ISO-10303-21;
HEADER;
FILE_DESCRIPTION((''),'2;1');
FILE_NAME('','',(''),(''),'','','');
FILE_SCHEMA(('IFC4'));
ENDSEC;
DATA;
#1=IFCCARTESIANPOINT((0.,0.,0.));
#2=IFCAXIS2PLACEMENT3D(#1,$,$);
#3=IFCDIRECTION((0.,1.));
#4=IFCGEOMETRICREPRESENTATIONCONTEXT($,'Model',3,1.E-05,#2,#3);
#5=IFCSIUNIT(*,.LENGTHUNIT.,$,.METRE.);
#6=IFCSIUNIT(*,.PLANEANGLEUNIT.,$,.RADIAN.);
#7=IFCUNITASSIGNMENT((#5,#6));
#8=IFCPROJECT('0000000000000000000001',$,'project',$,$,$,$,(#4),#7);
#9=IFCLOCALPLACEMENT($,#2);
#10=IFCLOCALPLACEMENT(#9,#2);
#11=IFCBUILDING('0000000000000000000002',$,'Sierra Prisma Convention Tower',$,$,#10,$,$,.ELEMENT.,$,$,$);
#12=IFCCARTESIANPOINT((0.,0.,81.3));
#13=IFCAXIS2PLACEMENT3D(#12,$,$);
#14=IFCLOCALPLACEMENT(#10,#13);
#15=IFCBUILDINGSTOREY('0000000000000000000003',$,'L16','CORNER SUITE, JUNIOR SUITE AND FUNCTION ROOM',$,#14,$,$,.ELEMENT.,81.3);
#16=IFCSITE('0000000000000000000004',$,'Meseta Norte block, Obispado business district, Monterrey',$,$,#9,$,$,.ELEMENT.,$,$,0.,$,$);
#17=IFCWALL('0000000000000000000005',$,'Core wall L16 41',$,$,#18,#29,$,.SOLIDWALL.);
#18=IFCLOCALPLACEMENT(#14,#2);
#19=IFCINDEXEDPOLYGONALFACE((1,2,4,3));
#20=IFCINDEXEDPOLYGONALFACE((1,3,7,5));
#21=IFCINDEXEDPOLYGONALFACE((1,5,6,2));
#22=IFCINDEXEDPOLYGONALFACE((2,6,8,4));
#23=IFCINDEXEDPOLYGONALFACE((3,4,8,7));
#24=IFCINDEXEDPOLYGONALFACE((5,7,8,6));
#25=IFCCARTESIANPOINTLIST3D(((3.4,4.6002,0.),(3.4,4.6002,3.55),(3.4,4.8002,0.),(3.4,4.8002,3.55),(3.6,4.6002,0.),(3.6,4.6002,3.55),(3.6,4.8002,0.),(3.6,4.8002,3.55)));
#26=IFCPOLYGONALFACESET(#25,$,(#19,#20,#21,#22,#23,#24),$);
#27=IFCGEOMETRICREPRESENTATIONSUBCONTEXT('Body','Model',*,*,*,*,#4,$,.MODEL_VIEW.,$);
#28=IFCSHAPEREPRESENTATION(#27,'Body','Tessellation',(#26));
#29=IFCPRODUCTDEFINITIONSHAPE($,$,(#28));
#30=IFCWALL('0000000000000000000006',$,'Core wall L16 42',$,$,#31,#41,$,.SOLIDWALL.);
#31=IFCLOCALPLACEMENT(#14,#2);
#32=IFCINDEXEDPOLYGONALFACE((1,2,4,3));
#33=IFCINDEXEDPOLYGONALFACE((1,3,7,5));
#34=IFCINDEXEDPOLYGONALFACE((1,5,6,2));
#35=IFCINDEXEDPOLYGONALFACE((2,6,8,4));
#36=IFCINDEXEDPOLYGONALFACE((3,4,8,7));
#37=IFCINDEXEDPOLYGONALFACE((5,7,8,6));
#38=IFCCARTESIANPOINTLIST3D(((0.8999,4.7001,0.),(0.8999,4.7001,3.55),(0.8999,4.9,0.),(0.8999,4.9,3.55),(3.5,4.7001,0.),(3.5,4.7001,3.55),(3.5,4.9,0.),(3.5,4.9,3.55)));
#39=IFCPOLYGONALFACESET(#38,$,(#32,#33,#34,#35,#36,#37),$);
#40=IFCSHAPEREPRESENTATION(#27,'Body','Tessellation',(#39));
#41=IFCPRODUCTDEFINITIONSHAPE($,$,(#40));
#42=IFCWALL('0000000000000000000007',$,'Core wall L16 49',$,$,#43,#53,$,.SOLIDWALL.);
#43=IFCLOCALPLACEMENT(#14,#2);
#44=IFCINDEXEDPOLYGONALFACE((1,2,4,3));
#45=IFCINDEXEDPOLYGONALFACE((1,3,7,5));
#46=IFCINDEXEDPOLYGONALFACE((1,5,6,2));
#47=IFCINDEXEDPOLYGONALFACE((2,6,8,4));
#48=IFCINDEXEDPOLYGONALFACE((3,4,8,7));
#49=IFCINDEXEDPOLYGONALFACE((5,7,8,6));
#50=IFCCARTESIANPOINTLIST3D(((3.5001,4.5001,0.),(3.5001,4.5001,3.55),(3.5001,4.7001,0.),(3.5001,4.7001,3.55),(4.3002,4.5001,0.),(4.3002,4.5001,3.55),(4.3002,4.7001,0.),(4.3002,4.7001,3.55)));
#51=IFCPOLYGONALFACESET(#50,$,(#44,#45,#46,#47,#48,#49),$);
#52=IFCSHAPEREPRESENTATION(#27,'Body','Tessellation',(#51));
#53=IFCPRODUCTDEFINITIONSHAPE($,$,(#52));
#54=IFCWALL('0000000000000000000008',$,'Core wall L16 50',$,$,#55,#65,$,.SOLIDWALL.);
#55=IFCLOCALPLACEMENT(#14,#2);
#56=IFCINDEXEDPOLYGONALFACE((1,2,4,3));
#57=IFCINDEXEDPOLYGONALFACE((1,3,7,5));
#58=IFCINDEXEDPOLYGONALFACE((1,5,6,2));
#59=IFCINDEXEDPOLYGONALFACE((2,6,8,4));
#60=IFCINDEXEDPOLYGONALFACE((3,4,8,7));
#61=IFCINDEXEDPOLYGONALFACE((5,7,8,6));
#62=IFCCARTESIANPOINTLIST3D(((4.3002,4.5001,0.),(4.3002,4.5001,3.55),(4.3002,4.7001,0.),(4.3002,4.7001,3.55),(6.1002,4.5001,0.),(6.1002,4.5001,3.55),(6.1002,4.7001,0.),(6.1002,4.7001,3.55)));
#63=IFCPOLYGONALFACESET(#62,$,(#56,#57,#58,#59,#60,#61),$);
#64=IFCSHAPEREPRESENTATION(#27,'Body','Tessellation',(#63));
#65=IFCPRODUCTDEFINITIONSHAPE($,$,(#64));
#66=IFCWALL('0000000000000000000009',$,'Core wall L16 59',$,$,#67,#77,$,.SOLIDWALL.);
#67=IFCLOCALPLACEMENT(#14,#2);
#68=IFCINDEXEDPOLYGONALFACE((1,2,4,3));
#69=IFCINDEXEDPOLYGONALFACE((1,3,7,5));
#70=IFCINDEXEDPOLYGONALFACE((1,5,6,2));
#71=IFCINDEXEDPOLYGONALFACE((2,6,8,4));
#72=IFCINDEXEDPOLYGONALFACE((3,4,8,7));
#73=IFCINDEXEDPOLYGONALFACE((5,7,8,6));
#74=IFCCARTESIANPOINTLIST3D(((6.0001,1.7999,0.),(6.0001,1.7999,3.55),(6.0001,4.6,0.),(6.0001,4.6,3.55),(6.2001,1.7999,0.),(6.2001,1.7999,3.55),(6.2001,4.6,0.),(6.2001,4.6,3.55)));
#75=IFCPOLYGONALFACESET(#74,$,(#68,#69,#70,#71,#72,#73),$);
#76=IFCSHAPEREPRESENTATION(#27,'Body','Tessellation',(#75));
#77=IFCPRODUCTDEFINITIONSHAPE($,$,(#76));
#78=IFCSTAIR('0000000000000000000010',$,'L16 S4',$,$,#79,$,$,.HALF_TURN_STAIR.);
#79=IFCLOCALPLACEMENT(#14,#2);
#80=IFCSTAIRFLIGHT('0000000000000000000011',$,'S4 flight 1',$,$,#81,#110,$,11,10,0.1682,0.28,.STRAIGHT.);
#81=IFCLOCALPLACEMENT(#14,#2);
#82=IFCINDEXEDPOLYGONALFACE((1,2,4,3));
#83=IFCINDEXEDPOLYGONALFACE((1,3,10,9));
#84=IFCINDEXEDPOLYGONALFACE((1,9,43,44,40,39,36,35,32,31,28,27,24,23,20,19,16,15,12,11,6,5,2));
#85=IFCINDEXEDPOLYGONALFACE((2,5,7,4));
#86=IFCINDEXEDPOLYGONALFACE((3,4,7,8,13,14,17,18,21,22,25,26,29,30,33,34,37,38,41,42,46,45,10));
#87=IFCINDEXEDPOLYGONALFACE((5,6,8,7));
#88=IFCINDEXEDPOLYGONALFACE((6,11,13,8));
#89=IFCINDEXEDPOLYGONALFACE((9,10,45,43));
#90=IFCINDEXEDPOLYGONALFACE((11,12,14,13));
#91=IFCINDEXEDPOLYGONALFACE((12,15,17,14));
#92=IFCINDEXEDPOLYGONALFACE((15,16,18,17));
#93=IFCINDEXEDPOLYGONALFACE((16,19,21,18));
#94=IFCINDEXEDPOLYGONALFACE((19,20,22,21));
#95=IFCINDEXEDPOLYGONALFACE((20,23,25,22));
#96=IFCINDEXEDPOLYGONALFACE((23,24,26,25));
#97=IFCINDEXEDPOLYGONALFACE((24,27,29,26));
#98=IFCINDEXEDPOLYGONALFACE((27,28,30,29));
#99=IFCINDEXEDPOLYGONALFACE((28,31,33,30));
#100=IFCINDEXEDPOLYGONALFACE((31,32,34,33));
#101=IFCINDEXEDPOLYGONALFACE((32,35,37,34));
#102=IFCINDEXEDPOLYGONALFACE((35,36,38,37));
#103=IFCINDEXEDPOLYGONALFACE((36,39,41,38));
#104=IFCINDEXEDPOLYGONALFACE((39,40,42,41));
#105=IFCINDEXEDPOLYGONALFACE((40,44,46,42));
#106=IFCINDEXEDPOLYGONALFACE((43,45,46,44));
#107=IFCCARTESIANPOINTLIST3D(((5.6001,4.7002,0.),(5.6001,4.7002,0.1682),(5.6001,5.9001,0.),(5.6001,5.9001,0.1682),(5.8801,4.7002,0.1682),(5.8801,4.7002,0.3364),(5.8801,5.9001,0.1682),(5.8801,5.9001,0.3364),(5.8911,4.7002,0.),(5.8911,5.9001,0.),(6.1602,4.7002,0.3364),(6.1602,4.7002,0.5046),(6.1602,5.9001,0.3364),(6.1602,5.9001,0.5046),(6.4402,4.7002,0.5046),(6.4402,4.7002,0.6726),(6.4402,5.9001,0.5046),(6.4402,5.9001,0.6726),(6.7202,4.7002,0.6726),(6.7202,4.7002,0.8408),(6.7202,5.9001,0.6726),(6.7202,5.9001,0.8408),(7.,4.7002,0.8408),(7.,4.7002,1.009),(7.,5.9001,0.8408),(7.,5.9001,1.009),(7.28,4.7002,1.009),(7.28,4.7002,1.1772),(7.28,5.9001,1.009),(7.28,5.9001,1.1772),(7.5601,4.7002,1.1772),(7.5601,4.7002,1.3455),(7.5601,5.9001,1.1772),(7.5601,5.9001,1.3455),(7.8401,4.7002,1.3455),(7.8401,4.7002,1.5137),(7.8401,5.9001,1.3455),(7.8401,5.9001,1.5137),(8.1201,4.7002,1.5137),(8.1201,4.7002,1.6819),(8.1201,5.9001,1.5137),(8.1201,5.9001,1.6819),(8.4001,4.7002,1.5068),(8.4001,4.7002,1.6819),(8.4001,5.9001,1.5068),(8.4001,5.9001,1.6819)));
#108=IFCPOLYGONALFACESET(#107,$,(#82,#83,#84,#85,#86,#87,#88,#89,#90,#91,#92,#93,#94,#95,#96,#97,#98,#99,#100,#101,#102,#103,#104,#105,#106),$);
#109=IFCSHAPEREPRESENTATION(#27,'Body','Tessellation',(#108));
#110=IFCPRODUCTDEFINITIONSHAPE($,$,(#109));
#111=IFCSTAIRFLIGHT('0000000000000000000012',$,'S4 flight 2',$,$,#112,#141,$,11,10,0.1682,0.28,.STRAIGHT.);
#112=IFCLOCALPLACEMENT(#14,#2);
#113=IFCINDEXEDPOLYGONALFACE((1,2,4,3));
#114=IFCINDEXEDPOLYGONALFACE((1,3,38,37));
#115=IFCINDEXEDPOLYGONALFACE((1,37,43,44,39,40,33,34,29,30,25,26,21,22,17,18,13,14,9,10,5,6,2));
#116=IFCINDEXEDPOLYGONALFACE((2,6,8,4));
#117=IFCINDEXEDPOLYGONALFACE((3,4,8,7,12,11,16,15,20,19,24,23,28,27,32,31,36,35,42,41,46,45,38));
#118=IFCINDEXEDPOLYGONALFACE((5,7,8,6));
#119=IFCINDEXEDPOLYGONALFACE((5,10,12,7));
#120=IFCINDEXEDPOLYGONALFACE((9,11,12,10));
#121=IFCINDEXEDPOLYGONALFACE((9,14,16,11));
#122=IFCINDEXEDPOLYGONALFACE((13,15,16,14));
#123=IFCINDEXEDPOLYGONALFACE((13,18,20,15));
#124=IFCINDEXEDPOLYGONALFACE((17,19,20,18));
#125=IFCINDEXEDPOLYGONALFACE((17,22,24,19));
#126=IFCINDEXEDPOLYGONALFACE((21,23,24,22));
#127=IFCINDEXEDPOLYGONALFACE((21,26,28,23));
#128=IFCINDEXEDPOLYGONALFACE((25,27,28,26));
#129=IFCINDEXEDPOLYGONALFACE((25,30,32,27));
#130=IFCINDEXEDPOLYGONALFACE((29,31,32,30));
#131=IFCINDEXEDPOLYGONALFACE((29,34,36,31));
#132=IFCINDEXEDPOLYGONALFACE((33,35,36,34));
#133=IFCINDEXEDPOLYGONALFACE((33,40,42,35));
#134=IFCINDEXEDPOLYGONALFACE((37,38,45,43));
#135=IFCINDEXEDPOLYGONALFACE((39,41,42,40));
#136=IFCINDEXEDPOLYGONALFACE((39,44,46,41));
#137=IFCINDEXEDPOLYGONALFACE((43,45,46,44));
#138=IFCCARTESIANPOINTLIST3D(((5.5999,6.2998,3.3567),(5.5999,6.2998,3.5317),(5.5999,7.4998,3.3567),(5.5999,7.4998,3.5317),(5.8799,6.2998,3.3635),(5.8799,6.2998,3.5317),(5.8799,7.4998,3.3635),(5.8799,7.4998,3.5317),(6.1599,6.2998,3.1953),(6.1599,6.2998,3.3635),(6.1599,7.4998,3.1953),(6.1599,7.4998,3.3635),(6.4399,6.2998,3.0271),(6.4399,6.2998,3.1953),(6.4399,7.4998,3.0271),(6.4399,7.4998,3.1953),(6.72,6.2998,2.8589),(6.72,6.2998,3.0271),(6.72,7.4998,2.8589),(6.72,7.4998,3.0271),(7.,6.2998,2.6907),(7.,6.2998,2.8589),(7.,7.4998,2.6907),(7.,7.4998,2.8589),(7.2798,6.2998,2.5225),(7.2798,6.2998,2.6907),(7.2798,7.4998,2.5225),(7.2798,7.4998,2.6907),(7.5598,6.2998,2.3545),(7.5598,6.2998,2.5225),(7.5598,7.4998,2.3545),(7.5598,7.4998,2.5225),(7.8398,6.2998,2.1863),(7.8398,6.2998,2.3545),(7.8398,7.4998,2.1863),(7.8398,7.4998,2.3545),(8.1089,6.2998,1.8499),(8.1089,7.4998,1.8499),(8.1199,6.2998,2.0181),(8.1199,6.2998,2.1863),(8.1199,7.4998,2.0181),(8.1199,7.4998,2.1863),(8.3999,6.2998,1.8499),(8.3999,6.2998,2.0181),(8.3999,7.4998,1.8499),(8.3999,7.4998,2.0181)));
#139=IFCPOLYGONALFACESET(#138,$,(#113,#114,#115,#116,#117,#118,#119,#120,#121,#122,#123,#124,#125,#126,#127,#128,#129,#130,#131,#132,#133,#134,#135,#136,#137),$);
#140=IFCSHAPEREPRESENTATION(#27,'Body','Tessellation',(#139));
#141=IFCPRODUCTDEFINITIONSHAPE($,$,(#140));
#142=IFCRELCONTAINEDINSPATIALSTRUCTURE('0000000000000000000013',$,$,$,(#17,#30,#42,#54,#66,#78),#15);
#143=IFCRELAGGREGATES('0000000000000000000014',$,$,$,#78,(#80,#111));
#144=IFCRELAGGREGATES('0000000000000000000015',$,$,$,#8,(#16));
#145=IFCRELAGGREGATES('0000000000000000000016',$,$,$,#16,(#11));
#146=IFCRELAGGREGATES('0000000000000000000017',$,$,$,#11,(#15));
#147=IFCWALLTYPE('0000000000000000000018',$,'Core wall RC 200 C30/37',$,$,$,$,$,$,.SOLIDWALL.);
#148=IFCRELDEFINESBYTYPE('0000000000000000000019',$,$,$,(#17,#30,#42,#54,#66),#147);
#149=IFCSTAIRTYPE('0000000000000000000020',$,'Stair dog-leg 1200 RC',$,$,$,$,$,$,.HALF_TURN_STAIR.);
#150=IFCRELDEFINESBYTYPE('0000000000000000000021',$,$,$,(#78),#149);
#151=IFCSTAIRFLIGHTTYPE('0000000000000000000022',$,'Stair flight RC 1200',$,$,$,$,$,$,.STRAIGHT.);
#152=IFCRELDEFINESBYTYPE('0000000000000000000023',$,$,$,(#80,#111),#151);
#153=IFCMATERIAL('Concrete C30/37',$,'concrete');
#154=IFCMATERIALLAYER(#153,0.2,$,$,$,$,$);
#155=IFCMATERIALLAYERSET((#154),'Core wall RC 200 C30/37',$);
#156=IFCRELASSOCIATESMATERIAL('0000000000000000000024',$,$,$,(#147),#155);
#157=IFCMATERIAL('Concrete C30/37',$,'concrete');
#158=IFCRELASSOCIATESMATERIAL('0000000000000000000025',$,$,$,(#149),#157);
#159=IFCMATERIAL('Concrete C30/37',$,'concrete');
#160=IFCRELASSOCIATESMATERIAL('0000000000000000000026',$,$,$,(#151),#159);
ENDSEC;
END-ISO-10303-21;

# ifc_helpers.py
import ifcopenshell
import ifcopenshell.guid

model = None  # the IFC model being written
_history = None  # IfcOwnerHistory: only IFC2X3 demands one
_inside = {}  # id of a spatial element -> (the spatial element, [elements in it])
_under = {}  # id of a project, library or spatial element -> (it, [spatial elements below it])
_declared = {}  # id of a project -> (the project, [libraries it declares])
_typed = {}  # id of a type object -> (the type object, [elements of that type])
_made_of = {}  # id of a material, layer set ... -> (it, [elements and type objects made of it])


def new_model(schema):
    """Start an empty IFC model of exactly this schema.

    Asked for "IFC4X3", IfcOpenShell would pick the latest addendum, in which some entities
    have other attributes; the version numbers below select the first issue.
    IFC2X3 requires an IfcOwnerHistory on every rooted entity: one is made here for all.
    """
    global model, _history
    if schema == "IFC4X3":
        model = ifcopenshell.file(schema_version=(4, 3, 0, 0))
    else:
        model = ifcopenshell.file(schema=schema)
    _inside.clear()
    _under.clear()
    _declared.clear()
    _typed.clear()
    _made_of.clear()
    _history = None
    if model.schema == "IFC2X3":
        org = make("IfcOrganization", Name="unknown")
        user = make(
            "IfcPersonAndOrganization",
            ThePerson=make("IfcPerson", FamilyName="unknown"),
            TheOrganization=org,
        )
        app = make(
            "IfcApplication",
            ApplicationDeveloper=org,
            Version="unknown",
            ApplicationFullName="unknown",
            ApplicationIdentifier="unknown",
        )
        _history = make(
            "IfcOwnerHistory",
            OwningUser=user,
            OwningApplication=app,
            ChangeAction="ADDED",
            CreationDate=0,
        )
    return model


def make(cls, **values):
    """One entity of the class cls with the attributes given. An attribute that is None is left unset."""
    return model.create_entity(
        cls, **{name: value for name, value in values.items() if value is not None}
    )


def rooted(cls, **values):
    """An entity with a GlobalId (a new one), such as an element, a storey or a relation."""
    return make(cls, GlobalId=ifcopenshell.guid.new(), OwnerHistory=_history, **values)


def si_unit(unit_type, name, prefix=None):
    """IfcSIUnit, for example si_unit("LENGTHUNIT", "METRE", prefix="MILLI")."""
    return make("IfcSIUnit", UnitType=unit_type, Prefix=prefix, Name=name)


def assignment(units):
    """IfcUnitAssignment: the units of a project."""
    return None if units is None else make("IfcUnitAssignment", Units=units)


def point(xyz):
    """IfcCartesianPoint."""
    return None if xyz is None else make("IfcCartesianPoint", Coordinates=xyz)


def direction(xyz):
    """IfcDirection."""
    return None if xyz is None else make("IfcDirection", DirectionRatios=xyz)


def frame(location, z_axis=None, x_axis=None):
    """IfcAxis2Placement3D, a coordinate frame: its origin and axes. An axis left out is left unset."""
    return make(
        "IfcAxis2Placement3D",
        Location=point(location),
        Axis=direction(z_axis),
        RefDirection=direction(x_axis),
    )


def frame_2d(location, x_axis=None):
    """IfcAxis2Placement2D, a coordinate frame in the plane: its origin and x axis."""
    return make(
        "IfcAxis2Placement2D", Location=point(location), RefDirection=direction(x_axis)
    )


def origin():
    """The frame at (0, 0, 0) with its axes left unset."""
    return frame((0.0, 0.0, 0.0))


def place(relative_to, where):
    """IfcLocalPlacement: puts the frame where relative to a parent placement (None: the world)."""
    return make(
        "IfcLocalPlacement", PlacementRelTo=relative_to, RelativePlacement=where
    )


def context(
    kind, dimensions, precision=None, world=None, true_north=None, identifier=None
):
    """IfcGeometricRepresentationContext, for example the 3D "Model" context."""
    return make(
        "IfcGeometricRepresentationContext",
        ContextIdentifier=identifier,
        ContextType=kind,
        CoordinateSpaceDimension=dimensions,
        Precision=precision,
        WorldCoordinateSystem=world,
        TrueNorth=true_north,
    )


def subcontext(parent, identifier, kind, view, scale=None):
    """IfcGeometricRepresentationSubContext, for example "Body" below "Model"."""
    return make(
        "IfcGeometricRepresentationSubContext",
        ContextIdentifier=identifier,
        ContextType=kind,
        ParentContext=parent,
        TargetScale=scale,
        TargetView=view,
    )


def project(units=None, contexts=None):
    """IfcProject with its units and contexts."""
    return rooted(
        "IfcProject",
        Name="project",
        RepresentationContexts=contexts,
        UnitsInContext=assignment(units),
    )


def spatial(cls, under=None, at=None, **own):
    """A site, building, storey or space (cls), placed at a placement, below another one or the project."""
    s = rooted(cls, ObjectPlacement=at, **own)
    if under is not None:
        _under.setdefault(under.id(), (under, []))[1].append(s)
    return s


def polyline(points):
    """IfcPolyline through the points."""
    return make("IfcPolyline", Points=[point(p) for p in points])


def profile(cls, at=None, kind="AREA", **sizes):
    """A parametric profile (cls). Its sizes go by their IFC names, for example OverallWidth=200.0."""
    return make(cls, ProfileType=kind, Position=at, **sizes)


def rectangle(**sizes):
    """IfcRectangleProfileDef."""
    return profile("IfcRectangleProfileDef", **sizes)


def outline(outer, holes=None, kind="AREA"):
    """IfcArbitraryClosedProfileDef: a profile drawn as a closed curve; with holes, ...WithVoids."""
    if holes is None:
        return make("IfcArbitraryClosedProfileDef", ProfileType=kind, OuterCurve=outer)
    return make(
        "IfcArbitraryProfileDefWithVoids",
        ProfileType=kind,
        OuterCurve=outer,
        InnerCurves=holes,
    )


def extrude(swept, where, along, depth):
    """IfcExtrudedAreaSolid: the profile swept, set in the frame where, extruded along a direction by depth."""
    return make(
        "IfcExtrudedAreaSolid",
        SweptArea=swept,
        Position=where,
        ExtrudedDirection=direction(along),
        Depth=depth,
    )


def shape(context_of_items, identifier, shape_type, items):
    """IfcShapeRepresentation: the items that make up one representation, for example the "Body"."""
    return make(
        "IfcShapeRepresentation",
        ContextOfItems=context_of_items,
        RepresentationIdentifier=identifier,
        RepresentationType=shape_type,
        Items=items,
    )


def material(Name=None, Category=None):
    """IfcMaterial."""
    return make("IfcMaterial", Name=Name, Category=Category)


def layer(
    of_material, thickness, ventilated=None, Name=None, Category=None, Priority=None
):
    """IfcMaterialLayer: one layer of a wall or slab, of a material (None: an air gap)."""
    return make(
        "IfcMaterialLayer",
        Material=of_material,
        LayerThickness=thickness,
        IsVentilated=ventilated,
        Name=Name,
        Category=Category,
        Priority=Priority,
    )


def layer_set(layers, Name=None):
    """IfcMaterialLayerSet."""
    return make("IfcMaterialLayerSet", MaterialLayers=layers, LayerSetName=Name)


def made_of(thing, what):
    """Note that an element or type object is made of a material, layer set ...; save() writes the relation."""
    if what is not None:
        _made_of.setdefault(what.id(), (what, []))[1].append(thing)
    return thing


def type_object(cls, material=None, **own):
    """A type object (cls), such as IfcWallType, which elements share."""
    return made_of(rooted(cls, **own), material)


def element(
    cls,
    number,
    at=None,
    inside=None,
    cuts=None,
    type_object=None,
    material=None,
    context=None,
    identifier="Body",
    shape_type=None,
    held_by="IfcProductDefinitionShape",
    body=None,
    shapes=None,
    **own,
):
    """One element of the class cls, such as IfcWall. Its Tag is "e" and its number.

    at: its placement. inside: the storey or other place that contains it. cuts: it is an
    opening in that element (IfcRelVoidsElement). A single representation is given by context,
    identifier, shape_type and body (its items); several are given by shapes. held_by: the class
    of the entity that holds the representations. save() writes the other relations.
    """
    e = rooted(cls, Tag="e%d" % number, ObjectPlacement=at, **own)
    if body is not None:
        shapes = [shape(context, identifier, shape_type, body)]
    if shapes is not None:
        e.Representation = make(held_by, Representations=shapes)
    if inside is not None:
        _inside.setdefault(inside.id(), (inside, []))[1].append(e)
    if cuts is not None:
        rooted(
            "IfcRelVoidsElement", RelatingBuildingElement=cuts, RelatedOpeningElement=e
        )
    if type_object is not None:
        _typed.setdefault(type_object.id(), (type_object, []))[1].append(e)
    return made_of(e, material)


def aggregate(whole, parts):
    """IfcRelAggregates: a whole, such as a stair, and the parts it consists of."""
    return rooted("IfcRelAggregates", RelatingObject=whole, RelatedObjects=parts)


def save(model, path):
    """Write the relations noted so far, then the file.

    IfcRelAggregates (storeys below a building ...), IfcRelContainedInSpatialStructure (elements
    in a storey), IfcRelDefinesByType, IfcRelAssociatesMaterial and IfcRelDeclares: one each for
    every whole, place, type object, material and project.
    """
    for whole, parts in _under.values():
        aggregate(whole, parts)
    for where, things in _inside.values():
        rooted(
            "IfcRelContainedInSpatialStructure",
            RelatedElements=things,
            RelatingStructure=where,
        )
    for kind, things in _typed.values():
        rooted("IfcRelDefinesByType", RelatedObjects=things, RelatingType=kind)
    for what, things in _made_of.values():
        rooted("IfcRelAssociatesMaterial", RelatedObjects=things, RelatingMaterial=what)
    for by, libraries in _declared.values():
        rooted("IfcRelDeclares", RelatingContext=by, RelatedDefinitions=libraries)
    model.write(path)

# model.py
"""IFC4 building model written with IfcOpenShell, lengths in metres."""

from ifc_helpers import new_model, si_unit, direction, frame, frame_2d, origin, place, context, subcontext, project, spatial, polyline, rectangle, outline, extrude, material, layer, layer_set, type_object, element, aggregate, save


model = new_model("IFC4")

# Units and contexts
model_context = context("Model", 3, precision=1e-05, world=origin(), true_north=direction((0.0, 1.0)))
body_context = subcontext(model_context, "Body", "Model", "MODEL_VIEW")
ifc_project = project(units=[si_unit("LENGTHUNIT", "METRE"), si_unit("PLANEANGLEUNIT", "RADIAN")], contexts=[model_context])

# Site, building, storey
site_placement = place(None, origin())
site = spatial("IfcSite", under=ifc_project, at=site_placement, Name="Meseta Norte block, Obispado business district, Monterrey", CompositionType="ELEMENT", RefElevation=0.0)
building_placement = place(site_placement, origin())
building = spatial("IfcBuilding", under=site, at=building_placement, Name="Sierra Prisma Convention Tower", CompositionType="ELEMENT")
storey_placement = place(building_placement, frame((0.0, 0.0, 81.3)))
storey = spatial("IfcBuildingStorey", under=building, at=storey_placement, Name="L16", Description="CORNER SUITE, JUNIOR SUITE AND FUNCTION ROOM", CompositionType="ELEMENT", Elevation=81.3)

# Walls
ifc_material_1 = material(Name="Concrete C30/37", Category="concrete")
ifc_layer = layer(ifc_material_1, 0.2)
ifc_layer_set = layer_set([ifc_layer], Name="Core wall RC 200 C30/37")
wall_type = type_object("IfcWallType", Name="Core wall RC 200 C30/37", PredefinedType="SOLIDWALL", material=ifc_layer_set)
wall_1_placement = place(storey_placement, frame((3.5, 4.6001, 0.0), z_axis=(0.0, 0.0, 1.0), x_axis=(0.0, 1.0, 0.0)))
element("IfcWall", 1, at=wall_1_placement, inside=storey, type_object=wall_type, Name="Core wall L16 41", PredefinedType="SOLIDWALL", context=body_context, shape_type="SweptSolid", body=[
    extrude(rectangle(XDim=0.2, YDim=0.2, at=frame_2d((0.1001, 0.0))), origin(), (0.0, 0.0, 1.0), 3.55),
])
wall_2_placement = place(storey_placement, frame((3.5, 4.8, 0.0), z_axis=(0.0, 0.0, 1.0), x_axis=(-1.0, 0.0, 0.0)))
element("IfcWall", 2, at=wall_2_placement, inside=storey, type_object=wall_type, Name="Core wall L16 42", PredefinedType="SOLIDWALL", context=body_context, shape_type="SweptSolid", body=[
    extrude(rectangle(XDim=2.6001, YDim=0.2, at=frame_2d((1.3, 0.0))), origin(), (0.0, 0.0, 1.0), 3.55),
])

# Walls
wall_3_placement = place(storey_placement, frame((4.3, 4.6001, 0.0), z_axis=(0.0, 0.0, 1.0), x_axis=(-1.0, 0.0, 0.0)))
element("IfcWall", 3, at=wall_3_placement, inside=storey, type_object=wall_type, Name="Core wall L16 49", PredefinedType="SOLIDWALL", context=body_context, shape_type="SweptSolid", body=[
    extrude(rectangle(XDim=0.8, YDim=0.2, at=frame_2d((0.3999, 0.0))), origin(), (0.0, 0.0, 1.0), 3.55),
])
wall_4_placement = place(storey_placement, frame((6.1001, 4.6001, 0.0), z_axis=(0.0, 0.0, 1.0), x_axis=(-1.0, 0.0, 0.0)))
element("IfcWall", 4, at=wall_4_placement, inside=storey, type_object=wall_type, Name="Core wall L16 50", PredefinedType="SOLIDWALL", context=body_context, shape_type="SweptSolid", body=[
    extrude(rectangle(XDim=1.8, YDim=0.2, at=frame_2d((0.8999, 0.0))), origin(), (0.0, 0.0, 1.0), 3.55),
])

# Wall
wall_5_placement = place(storey_placement, frame((6.1001, 1.8, 0.0), z_axis=(0.0, 0.0, 1.0), x_axis=(0.0, 1.0, 0.0)))
element("IfcWall", 5, at=wall_5_placement, inside=storey, type_object=wall_type, Name="Core wall L16 59", PredefinedType="SOLIDWALL", context=body_context, shape_type="SweptSolid", body=[
    extrude(rectangle(XDim=2.8, YDim=0.2, at=frame_2d((1.3999, 0.0))), origin(), (0.0, 0.0, 1.0), 3.55),
])

# Stair, stair flights
ifc_material_2 = material(Name="Concrete C30/37", Category="concrete")
stair_type = type_object("IfcStairType", Name="Stair dog-leg 1200 RC", PredefinedType="HALF_TURN_STAIR", material=ifc_material_2)
stair_placement = place(storey_placement, origin())
stair = element("IfcStair", 6, at=stair_placement, inside=storey, type_object=stair_type, Name="L16 S4", PredefinedType="HALF_TURN_STAIR")
ifc_material_3 = material(Name="Concrete C30/37", Category="concrete")
stair_flight_type = type_object("IfcStairFlightType", Name="Stair flight RC 1200", PredefinedType="STRAIGHT", material=ifc_material_3)
stair_flight_1_placement = place(storey_placement, frame((5.6001, 5.3, 0.0), z_axis=(0.0, 0.0, 1.0), x_axis=(1.0, 0.0, 0.0)))
stair_flight_1 = element("IfcStairFlight", 7, at=stair_flight_1_placement, type_object=stair_flight_type, Name="S4 flight 1", NumberOfRisers=11, NumberOfTreads=10, PredefinedType="STRAIGHT", RiserHeight=0.1682, TreadLength=0.28, context=body_context, shape_type="SweptSolid", body=[
    extrude(outline(polyline([(0.0, 0.0), (0.0, 0.1682), (0.28, 0.1682), (0.28, 0.3364), (0.5601, 0.3364), (0.5601, 0.5046), (0.8401, 0.5046), (0.8401, 0.6726), (1.1201, 0.6726), (1.1201, 0.8408), (1.3999, 0.8408), (1.3999, 1.009), (1.6799, 1.009), (1.6799, 1.1772), (1.96, 1.1772), (1.96, 1.3455), (2.24, 1.3455), (2.24, 1.5137), (2.52, 1.5137), (2.52, 1.6819), (2.8, 1.6819), (2.8, 1.8501), (2.8, 1.5068), (0.291, 0.0), (0.0, 0.0)])), frame((0.0, 0.6001, 0.0), z_axis=(0.0, -1.0, 0.0), x_axis=(1.0, 0.0, 0.0)), (0.0, 0.0, 1.0), 1.2),
])
stair_flight_2_placement = place(storey_placement, frame((8.3999, 6.8999, 1.8499), z_axis=(0.0, 0.0, 1.0), x_axis=(-1.0, 0.0, 0.0)))
stair_flight_2 = element("IfcStairFlight", 8, at=stair_flight_2_placement, type_object=stair_flight_type, Name="S4 flight 2", NumberOfRisers=11, NumberOfTreads=10, PredefinedType="STRAIGHT", RiserHeight=0.1682, TreadLength=0.28, context=body_context, shape_type="SweptSolid", body=[
    extrude(outline(polyline([(0.0, 0.0), (0.0, 0.1682), (0.28, 0.1682), (0.28, 0.3364), (0.5601, 0.3364), (0.5601, 0.5046), (0.8401, 0.5046), (0.8401, 0.6726), (1.1201, 0.6726), (1.1201, 0.8408), (1.3999, 0.8408), (1.3999, 1.009), (1.6799, 1.009), (1.6799, 1.1772), (1.96, 1.1772), (1.96, 1.3455), (2.24, 1.3455), (2.24, 1.5137), (2.52, 1.5137), (2.52, 1.6819), (2.8, 1.6819), (2.8, 1.8501), (2.8, 1.5068), (0.291, 0.0), (0.0, 0.0)])), frame((0.0, 0.6001, 0.0), z_axis=(0.0, -1.0, 0.0), x_axis=(1.0, 0.0, 0.0)), (0.0, 0.0, 1.0), 1.2),
])
aggregate(stair, [stair_flight_1, stair_flight_2])

save(model, "model.ifc")
